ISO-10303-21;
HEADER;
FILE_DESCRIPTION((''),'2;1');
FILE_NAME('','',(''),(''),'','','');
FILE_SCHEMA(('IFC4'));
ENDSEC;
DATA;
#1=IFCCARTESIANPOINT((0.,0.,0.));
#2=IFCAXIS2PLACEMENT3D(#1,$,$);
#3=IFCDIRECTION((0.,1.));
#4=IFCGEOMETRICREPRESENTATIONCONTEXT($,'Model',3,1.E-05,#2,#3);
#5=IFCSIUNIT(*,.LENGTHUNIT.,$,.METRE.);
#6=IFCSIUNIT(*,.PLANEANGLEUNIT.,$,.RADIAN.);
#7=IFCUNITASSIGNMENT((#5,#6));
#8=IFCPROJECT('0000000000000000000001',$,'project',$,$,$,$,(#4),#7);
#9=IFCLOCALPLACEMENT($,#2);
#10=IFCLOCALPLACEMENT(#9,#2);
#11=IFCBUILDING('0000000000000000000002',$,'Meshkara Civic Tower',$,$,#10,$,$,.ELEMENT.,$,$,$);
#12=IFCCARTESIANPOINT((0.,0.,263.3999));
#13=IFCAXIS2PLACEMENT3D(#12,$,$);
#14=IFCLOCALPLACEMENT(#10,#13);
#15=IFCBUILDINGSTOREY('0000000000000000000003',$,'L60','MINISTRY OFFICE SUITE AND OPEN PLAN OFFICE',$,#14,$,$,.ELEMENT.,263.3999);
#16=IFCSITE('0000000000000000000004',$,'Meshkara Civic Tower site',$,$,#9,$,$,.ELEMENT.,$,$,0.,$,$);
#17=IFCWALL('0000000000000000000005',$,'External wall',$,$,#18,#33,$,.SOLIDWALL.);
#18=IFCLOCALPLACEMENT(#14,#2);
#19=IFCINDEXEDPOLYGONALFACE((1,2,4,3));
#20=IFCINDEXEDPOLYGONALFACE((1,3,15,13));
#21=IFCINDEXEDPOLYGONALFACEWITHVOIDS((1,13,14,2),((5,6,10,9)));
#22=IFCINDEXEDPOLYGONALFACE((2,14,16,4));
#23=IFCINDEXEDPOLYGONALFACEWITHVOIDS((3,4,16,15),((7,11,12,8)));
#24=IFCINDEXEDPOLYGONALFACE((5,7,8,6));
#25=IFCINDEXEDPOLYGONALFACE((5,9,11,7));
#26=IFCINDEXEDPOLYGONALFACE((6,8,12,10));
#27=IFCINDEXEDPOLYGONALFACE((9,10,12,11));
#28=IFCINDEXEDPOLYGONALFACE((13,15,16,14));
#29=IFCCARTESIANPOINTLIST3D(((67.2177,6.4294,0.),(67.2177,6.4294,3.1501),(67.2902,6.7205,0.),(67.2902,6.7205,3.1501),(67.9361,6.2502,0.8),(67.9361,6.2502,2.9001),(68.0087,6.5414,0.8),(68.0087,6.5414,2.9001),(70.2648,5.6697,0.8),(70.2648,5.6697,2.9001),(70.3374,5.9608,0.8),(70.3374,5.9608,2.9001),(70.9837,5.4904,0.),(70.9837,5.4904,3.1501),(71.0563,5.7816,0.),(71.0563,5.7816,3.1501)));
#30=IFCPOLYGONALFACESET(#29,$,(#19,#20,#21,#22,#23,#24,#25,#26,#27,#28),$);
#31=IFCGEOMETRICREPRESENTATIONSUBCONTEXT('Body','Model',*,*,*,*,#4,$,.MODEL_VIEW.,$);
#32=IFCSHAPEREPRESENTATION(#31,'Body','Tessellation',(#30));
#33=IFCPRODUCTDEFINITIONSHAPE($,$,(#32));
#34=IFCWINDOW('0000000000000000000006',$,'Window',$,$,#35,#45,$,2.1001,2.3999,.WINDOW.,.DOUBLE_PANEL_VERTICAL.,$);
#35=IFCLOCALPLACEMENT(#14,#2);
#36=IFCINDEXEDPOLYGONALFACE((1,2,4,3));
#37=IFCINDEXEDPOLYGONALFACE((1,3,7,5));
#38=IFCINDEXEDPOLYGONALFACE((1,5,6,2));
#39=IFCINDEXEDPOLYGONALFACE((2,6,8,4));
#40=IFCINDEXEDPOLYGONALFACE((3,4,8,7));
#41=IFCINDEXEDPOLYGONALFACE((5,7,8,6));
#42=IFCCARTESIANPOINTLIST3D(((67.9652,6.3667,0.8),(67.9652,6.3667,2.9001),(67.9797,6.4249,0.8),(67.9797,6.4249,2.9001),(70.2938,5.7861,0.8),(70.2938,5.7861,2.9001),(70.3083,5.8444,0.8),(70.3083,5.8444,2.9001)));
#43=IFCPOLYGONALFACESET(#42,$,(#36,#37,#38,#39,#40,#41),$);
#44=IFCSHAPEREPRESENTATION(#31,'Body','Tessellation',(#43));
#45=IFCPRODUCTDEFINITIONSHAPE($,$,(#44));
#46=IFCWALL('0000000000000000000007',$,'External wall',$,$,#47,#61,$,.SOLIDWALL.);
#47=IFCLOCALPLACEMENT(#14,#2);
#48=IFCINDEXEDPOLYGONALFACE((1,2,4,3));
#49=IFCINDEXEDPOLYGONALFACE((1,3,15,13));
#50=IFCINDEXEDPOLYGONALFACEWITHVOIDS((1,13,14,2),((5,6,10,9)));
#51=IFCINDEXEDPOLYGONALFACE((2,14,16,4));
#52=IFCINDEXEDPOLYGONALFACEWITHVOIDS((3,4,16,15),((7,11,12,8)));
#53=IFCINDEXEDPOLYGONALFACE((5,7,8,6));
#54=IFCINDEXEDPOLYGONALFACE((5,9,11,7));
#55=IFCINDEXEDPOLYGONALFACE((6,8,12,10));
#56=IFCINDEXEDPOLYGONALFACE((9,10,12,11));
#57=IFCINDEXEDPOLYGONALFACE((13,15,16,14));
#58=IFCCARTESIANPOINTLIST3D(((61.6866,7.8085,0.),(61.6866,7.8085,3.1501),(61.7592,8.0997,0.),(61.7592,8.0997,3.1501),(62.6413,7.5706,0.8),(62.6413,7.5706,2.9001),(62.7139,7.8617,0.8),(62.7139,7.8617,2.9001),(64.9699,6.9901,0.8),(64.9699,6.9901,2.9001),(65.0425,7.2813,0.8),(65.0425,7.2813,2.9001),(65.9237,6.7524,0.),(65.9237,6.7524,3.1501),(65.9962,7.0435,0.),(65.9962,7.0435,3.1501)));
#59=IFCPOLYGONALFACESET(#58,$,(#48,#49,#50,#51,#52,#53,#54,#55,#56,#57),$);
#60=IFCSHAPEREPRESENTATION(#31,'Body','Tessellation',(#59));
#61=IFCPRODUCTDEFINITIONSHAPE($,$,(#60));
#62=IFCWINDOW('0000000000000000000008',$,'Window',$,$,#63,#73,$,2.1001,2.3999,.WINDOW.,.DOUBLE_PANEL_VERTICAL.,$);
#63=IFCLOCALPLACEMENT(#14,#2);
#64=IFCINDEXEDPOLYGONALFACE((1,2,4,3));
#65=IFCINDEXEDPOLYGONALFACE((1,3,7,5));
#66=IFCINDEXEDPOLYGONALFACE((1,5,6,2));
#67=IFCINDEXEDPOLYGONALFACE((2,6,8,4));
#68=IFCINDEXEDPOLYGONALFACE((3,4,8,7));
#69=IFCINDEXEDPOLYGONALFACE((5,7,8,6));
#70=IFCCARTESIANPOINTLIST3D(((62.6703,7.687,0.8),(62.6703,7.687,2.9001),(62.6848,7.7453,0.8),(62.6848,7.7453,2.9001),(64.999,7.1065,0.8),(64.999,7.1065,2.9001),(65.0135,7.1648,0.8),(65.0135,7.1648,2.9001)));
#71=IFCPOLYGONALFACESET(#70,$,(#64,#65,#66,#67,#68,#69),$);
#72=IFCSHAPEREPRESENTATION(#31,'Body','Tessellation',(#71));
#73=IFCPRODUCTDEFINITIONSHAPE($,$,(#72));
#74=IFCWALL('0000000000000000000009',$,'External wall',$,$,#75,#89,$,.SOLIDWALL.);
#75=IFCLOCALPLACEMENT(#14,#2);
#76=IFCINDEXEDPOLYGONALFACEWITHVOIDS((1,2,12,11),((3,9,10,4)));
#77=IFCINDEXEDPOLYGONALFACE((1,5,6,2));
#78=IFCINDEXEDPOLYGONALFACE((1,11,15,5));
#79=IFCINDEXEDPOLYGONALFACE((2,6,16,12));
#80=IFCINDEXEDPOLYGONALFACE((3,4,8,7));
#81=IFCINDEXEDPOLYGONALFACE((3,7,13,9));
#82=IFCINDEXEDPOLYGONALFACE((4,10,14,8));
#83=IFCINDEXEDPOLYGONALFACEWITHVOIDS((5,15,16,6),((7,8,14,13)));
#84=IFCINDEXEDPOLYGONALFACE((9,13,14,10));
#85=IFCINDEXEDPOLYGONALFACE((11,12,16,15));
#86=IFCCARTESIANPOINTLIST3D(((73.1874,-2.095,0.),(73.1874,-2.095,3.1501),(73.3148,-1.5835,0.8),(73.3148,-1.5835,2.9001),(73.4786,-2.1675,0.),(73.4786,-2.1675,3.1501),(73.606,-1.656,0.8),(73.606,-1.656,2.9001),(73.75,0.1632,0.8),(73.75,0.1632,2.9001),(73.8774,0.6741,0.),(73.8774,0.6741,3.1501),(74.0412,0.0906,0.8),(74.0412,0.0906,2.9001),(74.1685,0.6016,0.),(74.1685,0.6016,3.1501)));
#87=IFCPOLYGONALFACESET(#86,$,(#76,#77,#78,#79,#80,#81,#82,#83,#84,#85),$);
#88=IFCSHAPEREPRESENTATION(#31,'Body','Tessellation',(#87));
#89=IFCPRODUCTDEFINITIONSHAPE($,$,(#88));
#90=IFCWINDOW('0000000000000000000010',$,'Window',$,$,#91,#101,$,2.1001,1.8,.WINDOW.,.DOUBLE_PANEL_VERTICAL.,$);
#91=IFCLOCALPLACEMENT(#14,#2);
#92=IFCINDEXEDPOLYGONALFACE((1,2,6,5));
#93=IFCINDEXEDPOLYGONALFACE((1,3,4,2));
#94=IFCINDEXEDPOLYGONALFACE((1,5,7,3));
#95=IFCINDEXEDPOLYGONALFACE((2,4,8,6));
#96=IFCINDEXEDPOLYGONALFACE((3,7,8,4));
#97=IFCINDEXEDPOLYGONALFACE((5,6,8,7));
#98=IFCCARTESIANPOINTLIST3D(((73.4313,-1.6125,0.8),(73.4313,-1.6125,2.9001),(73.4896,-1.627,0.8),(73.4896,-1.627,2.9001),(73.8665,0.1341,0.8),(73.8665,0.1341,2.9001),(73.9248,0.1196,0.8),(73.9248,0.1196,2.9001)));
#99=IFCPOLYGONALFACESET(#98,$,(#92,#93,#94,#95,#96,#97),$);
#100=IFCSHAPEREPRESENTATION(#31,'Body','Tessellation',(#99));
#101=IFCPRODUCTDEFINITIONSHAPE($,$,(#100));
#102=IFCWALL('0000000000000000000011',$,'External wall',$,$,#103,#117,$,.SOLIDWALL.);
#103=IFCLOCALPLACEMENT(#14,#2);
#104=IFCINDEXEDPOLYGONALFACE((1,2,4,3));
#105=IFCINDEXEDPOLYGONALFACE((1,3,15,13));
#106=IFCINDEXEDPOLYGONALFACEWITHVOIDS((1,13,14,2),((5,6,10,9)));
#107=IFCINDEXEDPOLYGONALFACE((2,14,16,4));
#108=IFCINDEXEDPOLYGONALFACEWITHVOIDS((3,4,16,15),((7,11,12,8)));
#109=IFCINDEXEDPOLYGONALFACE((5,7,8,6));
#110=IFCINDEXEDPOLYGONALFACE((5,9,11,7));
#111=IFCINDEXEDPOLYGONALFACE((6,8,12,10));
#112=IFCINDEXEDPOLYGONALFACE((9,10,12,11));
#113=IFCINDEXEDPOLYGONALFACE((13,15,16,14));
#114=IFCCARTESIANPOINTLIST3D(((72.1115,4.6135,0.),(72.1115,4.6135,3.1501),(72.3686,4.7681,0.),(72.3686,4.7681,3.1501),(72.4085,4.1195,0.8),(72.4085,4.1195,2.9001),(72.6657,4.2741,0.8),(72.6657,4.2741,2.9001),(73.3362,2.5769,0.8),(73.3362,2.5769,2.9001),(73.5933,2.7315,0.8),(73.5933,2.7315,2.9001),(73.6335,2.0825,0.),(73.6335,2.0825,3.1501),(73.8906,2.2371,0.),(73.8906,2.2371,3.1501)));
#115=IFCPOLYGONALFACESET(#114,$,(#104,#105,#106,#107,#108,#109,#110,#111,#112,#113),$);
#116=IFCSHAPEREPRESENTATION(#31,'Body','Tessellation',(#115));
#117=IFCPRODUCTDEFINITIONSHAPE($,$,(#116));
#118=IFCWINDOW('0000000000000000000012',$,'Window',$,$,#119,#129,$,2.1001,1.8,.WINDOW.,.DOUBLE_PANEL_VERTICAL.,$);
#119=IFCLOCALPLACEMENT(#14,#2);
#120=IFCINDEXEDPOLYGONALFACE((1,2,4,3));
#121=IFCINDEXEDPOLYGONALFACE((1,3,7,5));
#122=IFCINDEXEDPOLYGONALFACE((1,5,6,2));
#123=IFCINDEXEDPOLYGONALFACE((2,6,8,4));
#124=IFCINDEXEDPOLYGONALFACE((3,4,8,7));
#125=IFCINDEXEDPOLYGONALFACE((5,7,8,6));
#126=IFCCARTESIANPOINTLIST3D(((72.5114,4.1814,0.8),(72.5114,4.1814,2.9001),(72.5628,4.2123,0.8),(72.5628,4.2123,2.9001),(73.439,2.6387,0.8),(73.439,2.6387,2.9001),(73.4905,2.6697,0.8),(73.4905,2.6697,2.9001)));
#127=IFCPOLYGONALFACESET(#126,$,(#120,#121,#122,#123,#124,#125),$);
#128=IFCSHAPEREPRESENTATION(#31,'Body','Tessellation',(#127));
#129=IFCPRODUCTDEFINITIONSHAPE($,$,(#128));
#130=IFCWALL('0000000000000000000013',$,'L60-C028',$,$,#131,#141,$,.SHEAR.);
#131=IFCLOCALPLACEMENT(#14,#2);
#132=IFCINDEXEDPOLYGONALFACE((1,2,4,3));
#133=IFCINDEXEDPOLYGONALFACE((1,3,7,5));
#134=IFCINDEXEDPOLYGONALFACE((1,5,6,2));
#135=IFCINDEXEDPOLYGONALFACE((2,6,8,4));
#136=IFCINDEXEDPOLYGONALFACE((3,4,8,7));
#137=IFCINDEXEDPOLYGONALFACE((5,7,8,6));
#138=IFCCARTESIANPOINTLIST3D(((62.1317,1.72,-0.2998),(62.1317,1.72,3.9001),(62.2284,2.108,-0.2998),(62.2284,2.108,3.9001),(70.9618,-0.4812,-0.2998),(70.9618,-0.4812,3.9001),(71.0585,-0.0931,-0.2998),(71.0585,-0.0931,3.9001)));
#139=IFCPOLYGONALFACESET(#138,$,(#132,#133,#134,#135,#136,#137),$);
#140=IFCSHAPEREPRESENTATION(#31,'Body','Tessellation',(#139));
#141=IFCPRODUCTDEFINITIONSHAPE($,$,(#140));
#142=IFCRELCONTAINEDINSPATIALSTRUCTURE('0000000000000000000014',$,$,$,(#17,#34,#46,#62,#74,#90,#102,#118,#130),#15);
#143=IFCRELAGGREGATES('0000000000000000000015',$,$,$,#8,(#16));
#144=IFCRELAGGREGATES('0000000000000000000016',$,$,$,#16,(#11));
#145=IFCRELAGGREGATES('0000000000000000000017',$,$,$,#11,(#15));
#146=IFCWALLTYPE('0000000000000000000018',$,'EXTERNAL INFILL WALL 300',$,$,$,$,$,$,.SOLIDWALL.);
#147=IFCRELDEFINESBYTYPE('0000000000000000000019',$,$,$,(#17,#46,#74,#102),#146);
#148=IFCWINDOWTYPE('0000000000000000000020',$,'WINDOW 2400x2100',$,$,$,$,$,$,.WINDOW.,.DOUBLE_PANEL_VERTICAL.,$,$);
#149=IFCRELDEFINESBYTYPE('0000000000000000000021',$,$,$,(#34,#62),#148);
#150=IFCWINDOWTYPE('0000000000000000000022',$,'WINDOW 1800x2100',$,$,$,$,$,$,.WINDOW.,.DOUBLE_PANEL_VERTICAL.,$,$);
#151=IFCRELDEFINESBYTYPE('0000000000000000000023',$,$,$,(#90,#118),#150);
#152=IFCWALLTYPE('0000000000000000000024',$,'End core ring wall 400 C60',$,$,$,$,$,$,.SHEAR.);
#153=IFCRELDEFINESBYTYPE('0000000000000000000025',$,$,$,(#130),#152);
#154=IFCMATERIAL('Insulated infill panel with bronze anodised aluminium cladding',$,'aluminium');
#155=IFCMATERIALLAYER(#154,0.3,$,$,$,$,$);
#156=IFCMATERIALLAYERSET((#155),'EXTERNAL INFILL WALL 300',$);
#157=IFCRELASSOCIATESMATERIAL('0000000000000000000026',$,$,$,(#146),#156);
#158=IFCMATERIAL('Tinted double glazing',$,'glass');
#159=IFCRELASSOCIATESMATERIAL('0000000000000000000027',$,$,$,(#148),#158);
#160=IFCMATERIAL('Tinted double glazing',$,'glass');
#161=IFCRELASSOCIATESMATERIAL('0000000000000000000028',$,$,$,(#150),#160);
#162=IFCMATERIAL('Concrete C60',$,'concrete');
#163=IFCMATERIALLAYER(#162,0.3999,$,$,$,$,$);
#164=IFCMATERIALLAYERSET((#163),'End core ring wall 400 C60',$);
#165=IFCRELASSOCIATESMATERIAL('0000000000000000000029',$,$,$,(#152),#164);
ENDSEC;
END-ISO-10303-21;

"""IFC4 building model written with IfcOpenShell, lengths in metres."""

from ifc_helpers import new_model, si_unit, direction, frame, frame_2d, origin, place, context, subcontext, project, spatial, rectangle, extrude, material, layer, layer_set, type_object, element, fill, save


model = new_model("IFC4")

# Units and contexts
model_context = context("Model", 3, precision=1e-05, world=origin(), true_north=direction((0.0, 1.0)))
body_context = subcontext(model_context, "Body", "Model", "MODEL_VIEW")
ifc_project = project(units=[si_unit("LENGTHUNIT", "METRE"), si_unit("PLANEANGLEUNIT", "RADIAN")], contexts=[model_context])

# Site, building, storey
site_placement = place(None, origin())
site = spatial("IfcSite", under=ifc_project, at=site_placement, Name="Meshkara Civic Tower site", CompositionType="ELEMENT", RefElevation=0.0)
building_placement = place(site_placement, origin())
building = spatial("IfcBuilding", under=site, at=building_placement, Name="Meshkara Civic Tower", CompositionType="ELEMENT")
storey_placement = place(building_placement, frame((0.0, 0.0, 263.3999)))
storey = spatial("IfcBuildingStorey", under=building, at=storey_placement, Name="L60", Description="MINISTRY OFFICE SUITE AND OPEN PLAN OFFICE", CompositionType="ELEMENT", Elevation=263.3999)

# Walls, openings, windows
ifc_material_1 = material(Name="Insulated infill panel with bronze anodised aluminium cladding", Category="aluminium")
ifc_layer_1 = layer(ifc_material_1, 0.3)
ifc_layer_set_1 = layer_set([ifc_layer_1], Name="EXTERNAL INFILL WALL 300")
wall_type_1 = type_object("IfcWallType", Name="EXTERNAL INFILL WALL 300", PredefinedType="SOLIDWALL", material=ifc_layer_set_1)
wall_1_placement = place(storey_placement, frame((71.02, 5.636, 0.0), z_axis=(0.0, 0.0, 1.0), x_axis=(-0.970298, 0.241914, 0.0)))
wall_1 = element("IfcWall", 1, at=wall_1_placement, inside=storey, type_object=wall_type_1, Name="External wall", PredefinedType="SOLIDWALL", context=body_context, shape_type="SweptSolid", body=[
    extrude(rectangle(XDim=3.8813, YDim=0.3, at=frame_2d((1.9407, 0.0))), origin(), (0.0, 0.0, 1.0), 3.1501),
])
opening_1_placement = place(wall_1_placement, frame((0.741, 0.0, 0.8)))
opening_1 = element("IfcOpeningElement", 2, at=opening_1_placement, cuts=wall_1, PredefinedType="OPENING", context=body_context, shape_type="SweptSolid", body=[
    extrude(rectangle(XDim=2.3999, YDim=2.1001, at=frame_2d((1.2, 1.05))), frame((0.0, 0.1599, 0.0), z_axis=(0.0, -1.0, 0.0), x_axis=(1.0, 0.0, 0.0)), (0.0, 0.0, 1.0), 0.3201),
])
ifc_material_2 = material(Name="Tinted double glazing", Category="glass")
window_type_1 = type_object("IfcWindowType", Name="WINDOW 2400x2100", PartitioningType="DOUBLE_PANEL_VERTICAL", PredefinedType="WINDOW", material=ifc_material_2)
window_1_placement = place(opening_1_placement, origin())
window_1 = element("IfcWindow", 3, at=window_1_placement, inside=storey, type_object=window_type_1, Name="Window", OverallHeight=2.1001, OverallWidth=2.3999, PartitioningType="DOUBLE_PANEL_VERTICAL", PredefinedType="WINDOW", context=body_context, shape_type="SweptSolid", body=[
    extrude(rectangle(XDim=2.3999, YDim=2.1001, at=frame_2d((1.2, 1.05))), frame((0.0, 0.03, 0.0), z_axis=(0.0, -1.0, 0.0), x_axis=(1.0, 0.0, 0.0)), (0.0, 0.0, 1.0), 0.0601),
])
fill(opening_1, window_1)
wall_2_placement = place(storey_placement, frame((65.96, 6.8979, 0.0), z_axis=(0.0, 0.0, 1.0), x_axis=(-0.97031, 0.241865, 0.0)))
wall_2 = element("IfcWall", 4, at=wall_2_placement, inside=storey, type_object=wall_type_1, Name="External wall", PredefinedType="SOLIDWALL", context=body_context, shape_type="SweptSolid", body=[
    extrude(rectangle(XDim=4.3667, YDim=0.3, at=frame_2d((2.1833, 0.0))), origin(), (0.0, 0.0, 1.0), 3.1501),
])
opening_2_placement = place(wall_2_placement, frame((0.9829, 0.0, 0.8)))
opening_2 = element("IfcOpeningElement", 5, at=opening_2_placement, cuts=wall_2, PredefinedType="OPENING", context=body_context, shape_type="SweptSolid", body=[
    extrude(rectangle(XDim=2.3999, YDim=2.1001, at=frame_2d((1.2, 1.05))), frame((0.0, 0.1599, 0.0), z_axis=(0.0, -1.0, 0.0), x_axis=(1.0, 0.0, 0.0)), (0.0, 0.0, 1.0), 0.3201),
])
window_2_placement = place(opening_2_placement, origin())
window_2 = element("IfcWindow", 6, at=window_2_placement, inside=storey, type_object=window_type_1, Name="Window", OverallHeight=2.1001, OverallWidth=2.3999, PartitioningType="DOUBLE_PANEL_VERTICAL", PredefinedType="WINDOW", context=body_context, shape_type="SweptSolid", body=[
    extrude(rectangle(XDim=2.3999, YDim=2.1001, at=frame_2d((1.2, 1.05))), frame((0.0, 0.03, 0.0), z_axis=(0.0, -1.0, 0.0), x_axis=(1.0, 0.0, 0.0)), (0.0, 0.0, 1.0), 0.0601),
])
fill(opening_2, window_2)
wall_3_placement = place(storey_placement, frame((73.333, -2.1311, 0.0), z_axis=(0.0, 0.0, 1.0), x_axis=(0.241771, 0.970333, 0.0)))
wall_3 = element("IfcWall", 7, at=wall_3_placement, inside=storey, type_object=wall_type_1, Name="External wall", PredefinedType="SOLIDWALL", context=body_context, shape_type="SweptSolid", body=[
    extrude(rectangle(XDim=2.8538, YDim=0.3, at=frame_2d((1.4268, 0.0))), origin(), (0.0, 0.0, 1.0), 3.1501),
])
opening_3_placement = place(wall_3_placement, frame((0.5271, 0.0, 0.8)))
opening_3 = element("IfcOpeningElement", 8, at=opening_3_placement, cuts=wall_3, PredefinedType="OPENING", context=body_context, shape_type="SweptSolid", body=[
    extrude(rectangle(XDim=1.8, YDim=2.1001, at=frame_2d((0.8999, 1.05))), frame((0.0, 0.1599, 0.0), z_axis=(0.0, -1.0, 0.0), x_axis=(1.0, 0.0, 0.0)), (0.0, 0.0, 1.0), 0.3201),
])
ifc_material_3 = material(Name="Tinted double glazing", Category="glass")
window_type_2 = type_object("IfcWindowType", Name="WINDOW 1800x2100", PartitioningType="DOUBLE_PANEL_VERTICAL", PredefinedType="WINDOW", material=ifc_material_3)
window_3_placement = place(opening_3_placement, origin())
window_3 = element("IfcWindow", 9, at=window_3_placement, inside=storey, type_object=window_type_2, Name="Window", OverallHeight=2.1001, OverallWidth=1.8, PartitioningType="DOUBLE_PANEL_VERTICAL", PredefinedType="WINDOW", context=body_context, shape_type="SweptSolid", body=[
    extrude(rectangle(XDim=1.8, YDim=2.1001, at=frame_2d((0.8999, 1.05))), frame((0.0, 0.03, 0.0), z_axis=(0.0, -1.0, 0.0), x_axis=(1.0, 0.0, 0.0)), (0.0, 0.0, 1.0), 0.0601),
])
fill(opening_3, window_3)
wall_4_placement = place(storey_placement, frame((73.762, 2.1599, 0.0), z_axis=(0.0, 0.0, 1.0), x_axis=(-0.515334, 0.856989, 0.0)))
wall_4 = element("IfcWall", 10, at=wall_4_placement, inside=storey, type_object=wall_type_1, Name="External wall", PredefinedType="SOLIDWALL", context=body_context, shape_type="SweptSolid", body=[
    extrude(rectangle(XDim=2.9534, YDim=0.3, at=frame_2d((1.4766, 0.0))), origin(), (0.0, 0.0, 1.0), 3.1501),
])
opening_4_placement = place(wall_4_placement, frame((0.5769, 0.0, 0.8)))
opening_4 = element("IfcOpeningElement", 11, at=opening_4_placement, cuts=wall_4, PredefinedType="OPENING", context=body_context, shape_type="SweptSolid", body=[
    extrude(rectangle(XDim=1.8, YDim=2.1001, at=frame_2d((0.8999, 1.05))), frame((0.0, 0.1599, 0.0), z_axis=(0.0, -1.0, 0.0), x_axis=(1.0, 0.0, 0.0)), (0.0, 0.0, 1.0), 0.3201),
])
window_4_placement = place(opening_4_placement, origin())
window_4 = element("IfcWindow", 12, at=window_4_placement, inside=storey, type_object=window_type_2, Name="Window", OverallHeight=2.1001, OverallWidth=1.8, PartitioningType="DOUBLE_PANEL_VERTICAL", PredefinedType="WINDOW", context=body_context, shape_type="SweptSolid", body=[
    extrude(rectangle(XDim=1.8, YDim=2.1001, at=frame_2d((0.8999, 1.05))), frame((0.0, 0.03, 0.0), z_axis=(0.0, -1.0, 0.0), x_axis=(1.0, 0.0, 0.0)), (0.0, 0.0, 1.0), 0.0601),
])
fill(opening_4, window_4)

# Wall
ifc_material_4 = material(Name="Concrete C60", Category="concrete")
ifc_layer_2 = layer(ifc_material_4, 0.3999)
ifc_layer_set_2 = layer_set([ifc_layer_2], Name="End core ring wall 400 C60")
wall_type_2 = type_object("IfcWallType", Name="End core ring wall 400 C60", PredefinedType="SHEAR", material=ifc_layer_set_2)
wall_5_placement = place(storey_placement, frame((62.1799, 1.9141, -0.2998), z_axis=(0.0, 0.0, 1.0), x_axis=(0.970306, -0.241879, 0.0)))
element("IfcWall", 13, at=wall_5_placement, inside=storey, type_object=wall_type_2, Name="L60-C028", PredefinedType="SHEAR", context=body_context, shape_type="SweptSolid", body=[
    extrude(rectangle(XDim=9.1003, YDim=0.3999, at=frame_2d((4.5503, 0.0))), origin(), (0.0, 0.0, 1.0), 4.2),
])

save(model, "model.ifc")
